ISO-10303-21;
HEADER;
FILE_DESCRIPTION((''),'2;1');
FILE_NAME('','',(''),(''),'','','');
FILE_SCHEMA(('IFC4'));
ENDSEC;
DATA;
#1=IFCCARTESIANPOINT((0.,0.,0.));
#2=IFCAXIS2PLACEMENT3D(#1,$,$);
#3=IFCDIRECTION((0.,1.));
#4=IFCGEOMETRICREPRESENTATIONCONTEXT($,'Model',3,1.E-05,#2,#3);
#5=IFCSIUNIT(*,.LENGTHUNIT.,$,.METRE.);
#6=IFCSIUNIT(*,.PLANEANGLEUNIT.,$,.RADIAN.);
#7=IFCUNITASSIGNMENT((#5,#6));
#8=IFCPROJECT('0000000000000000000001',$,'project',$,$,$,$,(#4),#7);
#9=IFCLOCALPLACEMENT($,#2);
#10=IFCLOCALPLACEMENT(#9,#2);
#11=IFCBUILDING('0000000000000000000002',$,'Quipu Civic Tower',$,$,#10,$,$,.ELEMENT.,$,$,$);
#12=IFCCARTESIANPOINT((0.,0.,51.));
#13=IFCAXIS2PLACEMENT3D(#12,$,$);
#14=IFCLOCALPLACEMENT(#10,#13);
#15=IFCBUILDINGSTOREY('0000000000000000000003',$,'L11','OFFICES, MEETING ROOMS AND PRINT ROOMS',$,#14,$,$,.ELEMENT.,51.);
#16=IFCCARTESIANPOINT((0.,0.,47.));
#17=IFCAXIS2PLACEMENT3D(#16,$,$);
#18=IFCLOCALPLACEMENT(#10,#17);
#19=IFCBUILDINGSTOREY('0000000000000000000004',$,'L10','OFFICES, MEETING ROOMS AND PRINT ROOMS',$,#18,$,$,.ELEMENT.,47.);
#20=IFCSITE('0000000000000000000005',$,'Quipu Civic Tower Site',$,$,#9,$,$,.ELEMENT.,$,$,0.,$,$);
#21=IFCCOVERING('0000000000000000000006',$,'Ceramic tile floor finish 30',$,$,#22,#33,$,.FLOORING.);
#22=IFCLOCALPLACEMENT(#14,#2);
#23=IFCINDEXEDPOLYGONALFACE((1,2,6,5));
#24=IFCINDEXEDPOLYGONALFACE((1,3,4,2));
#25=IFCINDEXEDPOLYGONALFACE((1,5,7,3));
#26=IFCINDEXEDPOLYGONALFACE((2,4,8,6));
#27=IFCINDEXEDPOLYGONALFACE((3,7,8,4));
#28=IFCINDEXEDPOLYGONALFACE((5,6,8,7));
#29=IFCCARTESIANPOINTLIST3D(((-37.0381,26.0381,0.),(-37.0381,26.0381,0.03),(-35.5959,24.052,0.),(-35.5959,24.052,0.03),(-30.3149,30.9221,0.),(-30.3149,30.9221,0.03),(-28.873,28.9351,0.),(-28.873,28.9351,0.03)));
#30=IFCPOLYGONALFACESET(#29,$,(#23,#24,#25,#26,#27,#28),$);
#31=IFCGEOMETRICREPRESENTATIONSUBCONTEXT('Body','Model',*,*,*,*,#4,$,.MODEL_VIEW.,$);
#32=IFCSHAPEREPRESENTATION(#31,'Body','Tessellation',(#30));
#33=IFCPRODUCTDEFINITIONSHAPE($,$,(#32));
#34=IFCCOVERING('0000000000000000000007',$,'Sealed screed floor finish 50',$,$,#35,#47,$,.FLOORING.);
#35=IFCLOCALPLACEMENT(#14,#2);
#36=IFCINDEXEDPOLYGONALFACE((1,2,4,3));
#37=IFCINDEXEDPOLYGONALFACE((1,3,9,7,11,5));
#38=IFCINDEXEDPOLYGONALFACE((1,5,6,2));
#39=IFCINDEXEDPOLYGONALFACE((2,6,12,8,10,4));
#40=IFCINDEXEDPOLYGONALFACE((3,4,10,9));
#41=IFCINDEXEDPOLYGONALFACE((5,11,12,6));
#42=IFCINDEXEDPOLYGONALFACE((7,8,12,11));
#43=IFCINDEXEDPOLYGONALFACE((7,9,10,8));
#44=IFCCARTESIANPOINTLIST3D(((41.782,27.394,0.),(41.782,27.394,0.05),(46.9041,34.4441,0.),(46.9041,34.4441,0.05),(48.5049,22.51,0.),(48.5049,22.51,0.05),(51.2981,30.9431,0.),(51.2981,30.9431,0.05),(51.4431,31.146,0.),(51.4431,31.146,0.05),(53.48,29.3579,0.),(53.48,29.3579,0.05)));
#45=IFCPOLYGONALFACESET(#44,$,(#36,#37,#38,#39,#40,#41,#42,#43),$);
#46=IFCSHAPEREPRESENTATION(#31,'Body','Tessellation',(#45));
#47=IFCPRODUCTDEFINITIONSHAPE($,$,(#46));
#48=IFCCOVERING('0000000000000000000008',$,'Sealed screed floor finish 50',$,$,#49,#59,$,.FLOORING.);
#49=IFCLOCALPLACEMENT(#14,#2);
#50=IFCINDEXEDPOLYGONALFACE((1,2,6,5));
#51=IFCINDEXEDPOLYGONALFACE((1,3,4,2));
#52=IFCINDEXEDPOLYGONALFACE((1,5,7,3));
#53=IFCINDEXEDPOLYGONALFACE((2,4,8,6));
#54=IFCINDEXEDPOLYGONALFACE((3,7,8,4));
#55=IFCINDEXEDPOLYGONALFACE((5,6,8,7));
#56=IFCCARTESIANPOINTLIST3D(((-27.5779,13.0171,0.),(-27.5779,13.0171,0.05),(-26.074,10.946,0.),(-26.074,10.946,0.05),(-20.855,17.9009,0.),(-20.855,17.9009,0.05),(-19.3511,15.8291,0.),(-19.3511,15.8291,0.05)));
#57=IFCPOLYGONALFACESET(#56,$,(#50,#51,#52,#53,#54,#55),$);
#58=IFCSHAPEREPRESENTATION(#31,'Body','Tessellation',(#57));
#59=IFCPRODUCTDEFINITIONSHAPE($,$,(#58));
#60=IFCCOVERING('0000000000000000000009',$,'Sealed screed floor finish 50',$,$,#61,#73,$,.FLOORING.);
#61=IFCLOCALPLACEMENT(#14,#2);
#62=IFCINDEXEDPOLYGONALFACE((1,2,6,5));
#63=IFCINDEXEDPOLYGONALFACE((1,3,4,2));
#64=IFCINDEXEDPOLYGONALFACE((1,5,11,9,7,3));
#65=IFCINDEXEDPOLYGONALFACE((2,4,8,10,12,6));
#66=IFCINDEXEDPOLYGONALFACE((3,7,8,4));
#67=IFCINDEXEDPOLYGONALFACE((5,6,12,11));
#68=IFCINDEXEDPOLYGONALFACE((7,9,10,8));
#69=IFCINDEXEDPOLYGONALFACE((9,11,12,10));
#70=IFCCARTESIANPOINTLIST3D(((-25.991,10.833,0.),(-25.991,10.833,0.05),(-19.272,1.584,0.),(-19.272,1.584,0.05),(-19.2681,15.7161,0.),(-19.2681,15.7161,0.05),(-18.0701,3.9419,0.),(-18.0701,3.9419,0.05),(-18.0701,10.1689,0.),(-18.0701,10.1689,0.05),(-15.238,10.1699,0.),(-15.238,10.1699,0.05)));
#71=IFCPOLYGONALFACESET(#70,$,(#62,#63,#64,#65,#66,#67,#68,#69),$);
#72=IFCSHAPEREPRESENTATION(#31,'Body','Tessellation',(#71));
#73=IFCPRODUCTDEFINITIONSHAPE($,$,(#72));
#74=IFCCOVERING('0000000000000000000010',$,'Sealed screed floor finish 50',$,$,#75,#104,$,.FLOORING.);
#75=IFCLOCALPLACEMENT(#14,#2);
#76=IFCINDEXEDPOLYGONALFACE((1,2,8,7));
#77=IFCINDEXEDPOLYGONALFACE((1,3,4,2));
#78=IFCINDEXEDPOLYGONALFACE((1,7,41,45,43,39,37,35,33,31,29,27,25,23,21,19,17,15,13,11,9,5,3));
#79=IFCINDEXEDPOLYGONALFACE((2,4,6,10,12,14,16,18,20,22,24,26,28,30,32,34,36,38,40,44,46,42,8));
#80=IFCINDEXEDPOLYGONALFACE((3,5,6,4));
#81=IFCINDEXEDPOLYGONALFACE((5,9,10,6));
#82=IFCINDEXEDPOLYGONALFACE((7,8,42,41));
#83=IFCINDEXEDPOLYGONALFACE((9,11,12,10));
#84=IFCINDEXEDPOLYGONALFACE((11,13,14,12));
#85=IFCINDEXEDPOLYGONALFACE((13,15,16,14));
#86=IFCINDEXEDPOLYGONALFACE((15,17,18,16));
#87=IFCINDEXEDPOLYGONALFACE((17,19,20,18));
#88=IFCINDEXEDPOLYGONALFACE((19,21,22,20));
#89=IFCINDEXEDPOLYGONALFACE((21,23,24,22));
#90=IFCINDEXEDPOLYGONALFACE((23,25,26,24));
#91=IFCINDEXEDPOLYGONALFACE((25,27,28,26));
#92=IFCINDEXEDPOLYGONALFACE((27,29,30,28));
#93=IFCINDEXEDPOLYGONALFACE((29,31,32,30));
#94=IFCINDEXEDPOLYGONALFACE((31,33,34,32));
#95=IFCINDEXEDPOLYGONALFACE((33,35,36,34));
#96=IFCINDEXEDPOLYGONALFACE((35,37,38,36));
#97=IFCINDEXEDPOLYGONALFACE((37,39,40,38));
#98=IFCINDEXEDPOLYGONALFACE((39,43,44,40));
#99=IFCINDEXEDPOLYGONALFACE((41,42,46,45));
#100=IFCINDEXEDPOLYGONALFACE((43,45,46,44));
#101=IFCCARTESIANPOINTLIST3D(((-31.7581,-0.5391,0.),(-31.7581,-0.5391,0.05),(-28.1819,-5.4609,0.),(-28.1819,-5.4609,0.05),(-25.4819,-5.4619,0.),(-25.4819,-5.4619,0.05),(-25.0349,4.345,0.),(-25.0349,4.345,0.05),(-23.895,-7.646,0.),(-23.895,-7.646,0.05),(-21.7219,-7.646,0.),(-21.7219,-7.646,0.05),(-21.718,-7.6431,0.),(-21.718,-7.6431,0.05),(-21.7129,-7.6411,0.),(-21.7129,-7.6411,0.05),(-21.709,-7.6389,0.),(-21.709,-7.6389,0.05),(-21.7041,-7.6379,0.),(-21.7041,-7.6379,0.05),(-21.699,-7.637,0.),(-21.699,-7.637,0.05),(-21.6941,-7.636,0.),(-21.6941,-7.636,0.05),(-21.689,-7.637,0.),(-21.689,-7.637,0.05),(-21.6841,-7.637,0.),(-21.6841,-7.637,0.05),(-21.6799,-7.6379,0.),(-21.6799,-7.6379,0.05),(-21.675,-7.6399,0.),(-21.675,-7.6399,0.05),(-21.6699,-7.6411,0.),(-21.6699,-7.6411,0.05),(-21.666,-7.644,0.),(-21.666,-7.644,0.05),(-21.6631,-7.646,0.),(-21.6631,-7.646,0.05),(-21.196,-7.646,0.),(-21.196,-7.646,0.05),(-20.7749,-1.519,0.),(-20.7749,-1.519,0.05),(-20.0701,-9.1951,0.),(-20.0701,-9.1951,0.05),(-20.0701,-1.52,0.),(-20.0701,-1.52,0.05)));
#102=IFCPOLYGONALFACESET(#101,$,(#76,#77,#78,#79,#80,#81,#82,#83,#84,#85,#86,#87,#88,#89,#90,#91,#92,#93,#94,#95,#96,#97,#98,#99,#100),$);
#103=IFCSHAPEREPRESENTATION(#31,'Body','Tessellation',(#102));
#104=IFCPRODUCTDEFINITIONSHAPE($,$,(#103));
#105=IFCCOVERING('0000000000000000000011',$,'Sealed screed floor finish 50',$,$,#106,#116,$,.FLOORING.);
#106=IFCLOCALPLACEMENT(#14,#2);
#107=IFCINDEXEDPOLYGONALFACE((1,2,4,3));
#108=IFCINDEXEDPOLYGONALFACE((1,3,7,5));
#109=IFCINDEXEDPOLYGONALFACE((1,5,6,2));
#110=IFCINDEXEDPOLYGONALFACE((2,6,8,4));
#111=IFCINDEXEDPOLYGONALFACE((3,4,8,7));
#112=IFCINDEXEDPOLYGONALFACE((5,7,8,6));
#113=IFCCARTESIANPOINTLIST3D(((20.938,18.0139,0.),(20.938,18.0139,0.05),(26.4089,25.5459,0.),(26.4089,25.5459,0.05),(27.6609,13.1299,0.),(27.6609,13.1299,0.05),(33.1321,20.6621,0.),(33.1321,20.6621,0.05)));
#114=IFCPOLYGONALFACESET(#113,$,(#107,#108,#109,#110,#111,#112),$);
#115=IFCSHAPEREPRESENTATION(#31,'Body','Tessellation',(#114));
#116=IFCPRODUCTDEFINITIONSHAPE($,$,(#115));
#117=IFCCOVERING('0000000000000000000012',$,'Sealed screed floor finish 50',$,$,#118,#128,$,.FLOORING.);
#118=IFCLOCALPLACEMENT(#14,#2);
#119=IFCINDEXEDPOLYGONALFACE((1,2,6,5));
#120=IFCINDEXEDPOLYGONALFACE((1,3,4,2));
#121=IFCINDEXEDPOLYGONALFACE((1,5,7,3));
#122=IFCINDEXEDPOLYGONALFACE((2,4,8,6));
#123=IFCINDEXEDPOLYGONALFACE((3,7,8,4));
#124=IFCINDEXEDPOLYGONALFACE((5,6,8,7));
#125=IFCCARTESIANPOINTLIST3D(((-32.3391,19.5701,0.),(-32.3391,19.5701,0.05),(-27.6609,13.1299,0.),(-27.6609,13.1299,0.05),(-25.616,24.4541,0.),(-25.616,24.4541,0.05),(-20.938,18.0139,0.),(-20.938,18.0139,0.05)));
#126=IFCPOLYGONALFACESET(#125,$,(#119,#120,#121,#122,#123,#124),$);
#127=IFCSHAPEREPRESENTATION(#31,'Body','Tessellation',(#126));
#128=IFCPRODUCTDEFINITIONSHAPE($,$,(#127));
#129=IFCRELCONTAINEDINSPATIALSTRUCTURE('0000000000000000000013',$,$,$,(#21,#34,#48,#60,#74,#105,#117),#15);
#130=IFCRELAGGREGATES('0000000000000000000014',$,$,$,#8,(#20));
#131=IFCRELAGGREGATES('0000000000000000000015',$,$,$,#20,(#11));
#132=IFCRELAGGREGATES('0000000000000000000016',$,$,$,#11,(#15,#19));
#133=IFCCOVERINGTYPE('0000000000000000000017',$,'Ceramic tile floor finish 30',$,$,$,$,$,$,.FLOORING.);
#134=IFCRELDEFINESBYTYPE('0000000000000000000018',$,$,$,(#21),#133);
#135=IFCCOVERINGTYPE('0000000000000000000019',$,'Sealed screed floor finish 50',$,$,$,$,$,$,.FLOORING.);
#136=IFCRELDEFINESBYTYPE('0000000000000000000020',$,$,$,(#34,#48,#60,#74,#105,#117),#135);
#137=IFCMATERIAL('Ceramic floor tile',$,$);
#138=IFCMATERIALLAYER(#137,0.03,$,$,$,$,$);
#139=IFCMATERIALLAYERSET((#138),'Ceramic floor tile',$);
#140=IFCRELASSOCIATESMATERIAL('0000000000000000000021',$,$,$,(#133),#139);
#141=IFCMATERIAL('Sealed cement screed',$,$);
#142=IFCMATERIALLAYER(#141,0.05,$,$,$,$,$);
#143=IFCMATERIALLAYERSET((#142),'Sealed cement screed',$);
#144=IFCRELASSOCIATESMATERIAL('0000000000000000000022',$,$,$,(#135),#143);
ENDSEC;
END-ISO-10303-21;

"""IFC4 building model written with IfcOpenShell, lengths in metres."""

from ifc_helpers import new_model, si_unit, direction, frame, origin, place, context, subcontext, project, spatial, polyline, outline, extrude, material, layer, layer_set, type_object, element, save


model = new_model("IFC4")

# Units and contexts
model_context = context("Model", 3, precision=1e-05, world=origin(), true_north=direction((0.0, 1.0)))
body_context = subcontext(model_context, "Body", "Model", "MODEL_VIEW")
ifc_project = project(units=[si_unit("LENGTHUNIT", "METRE"), si_unit("PLANEANGLEUNIT", "RADIAN")], contexts=[model_context])

# Site, building, storey
site_placement = place(None, origin())
site = spatial("IfcSite", under=ifc_project, at=site_placement, Name="Quipu Civic Tower Site", CompositionType="ELEMENT", RefElevation=0.0)
building_placement = place(site_placement, origin())
building = spatial("IfcBuilding", under=site, at=building_placement, Name="Quipu Civic Tower", CompositionType="ELEMENT")
storey_1_placement = place(building_placement, frame((0.0, 0.0, 51.0)))
storey_1 = spatial("IfcBuildingStorey", under=building, at=storey_1_placement, Name="L11", Description="OFFICES, MEETING ROOMS AND PRINT ROOMS", CompositionType="ELEMENT", Elevation=51.0)

# Shared definitions
storey_2_placement = place(building_placement, frame((0.0, 0.0, 47.0)))
storey_2 = spatial("IfcBuildingStorey", under=building, at=storey_2_placement, Name="L10", Description="OFFICES, MEETING ROOMS AND PRINT ROOMS", CompositionType="ELEMENT", Elevation=47.0)

# Coverings
ifc_material_1 = material(Name="Ceramic floor tile")
ifc_layer_1 = layer(ifc_material_1, 0.03)
ifc_layer_set_1 = layer_set([ifc_layer_1], Name="Ceramic floor tile")
covering_type_1 = type_object("IfcCoveringType", Name="Ceramic tile floor finish 30", PredefinedType="FLOORING", material=ifc_layer_set_1)
covering_1_placement = place(storey_1_placement, origin())
element("IfcCovering", 1, at=covering_1_placement, inside=storey_1, type_object=covering_type_1, Name="Ceramic tile floor finish 30", PredefinedType="FLOORING", context=body_context, shape_type="SweptSolid", body=[
    extrude(outline(polyline([(-37.0381, 26.0381), (-30.3149, 30.9221), (-28.873, 28.9351), (-35.5959, 24.052), (-37.0381, 26.0381)])), origin(), (0.0, 0.0, 1.0), 0.03),
])
ifc_material_2 = material(Name="Sealed cement screed")
ifc_layer_2 = layer(ifc_material_2, 0.05)
ifc_layer_set_2 = layer_set([ifc_layer_2], Name="Sealed cement screed")
covering_type_2 = type_object("IfcCoveringType", Name="Sealed screed floor finish 50", PredefinedType="FLOORING", material=ifc_layer_set_2)
covering_2_placement = place(storey_1_placement, origin())
element("IfcCovering", 2, at=covering_2_placement, inside=storey_1, type_object=covering_type_2, Name="Sealed screed floor finish 50", PredefinedType="FLOORING", context=body_context, shape_type="SweptSolid", body=[
    extrude(outline(polyline([(41.782, 27.394), (46.9041, 34.4441), (51.4431, 31.146), (51.2981, 30.9431), (53.48, 29.3579), (48.5049, 22.51), (41.782, 27.394)])), origin(), (0.0, 0.0, 1.0), 0.05),
])
covering_3_placement = place(storey_1_placement, origin())
element("IfcCovering", 3, at=covering_3_placement, inside=storey_1, type_object=covering_type_2, Name="Sealed screed floor finish 50", PredefinedType="FLOORING", context=body_context, shape_type="SweptSolid", body=[
    extrude(outline(polyline([(-27.5779, 13.0171), (-20.855, 17.9009), (-19.3511, 15.8291), (-26.074, 10.946), (-27.5779, 13.0171)])), origin(), (0.0, 0.0, 1.0), 0.05),
])
covering_4_placement = place(storey_1_placement, origin())
element("IfcCovering", 4, at=covering_4_placement, inside=storey_1, type_object=covering_type_2, Name="Sealed screed floor finish 50", PredefinedType="FLOORING", context=body_context, shape_type="SweptSolid", body=[
    extrude(outline(polyline([(-25.991, 10.833), (-19.2681, 15.7161), (-15.238, 10.1699), (-18.0701, 10.1689), (-18.0701, 3.9419), (-19.272, 1.584), (-25.991, 10.833)])), origin(), (0.0, 0.0, 1.0), 0.05),
])
covering_5_placement = place(storey_1_placement, origin())
element("IfcCovering", 5, at=covering_5_placement, inside=storey_1, type_object=covering_type_2, Name="Sealed screed floor finish 50", PredefinedType="FLOORING", context=body_context, shape_type="SweptSolid", body=[
    extrude(outline(polyline([(-31.7581, -0.5391), (-25.0349, 4.345), (-20.7749, -1.519), (-20.0701, -1.52), (-20.0701, -9.1951), (-21.196, -7.646), (-21.6631, -7.646), (-21.666, -7.644), (-21.6699, -7.6411), (-21.675, -7.6399), (-21.6799, -7.6379), (-21.6841, -7.637), (-21.689, -7.637), (-21.6941, -7.636), (-21.699, -7.637), (-21.7041, -7.6379), (-21.709, -7.6389), (-21.7129, -7.6411), (-21.718, -7.6431), (-21.7219, -7.646), (-21.7219, -7.646), (-23.895, -7.646), (-25.4819, -5.4619), (-28.1819, -5.4609), (-31.7581, -0.5391)])), origin(), (0.0, 0.0, 1.0), 0.05),
])
covering_6_placement = place(storey_1_placement, origin())
element("IfcCovering", 6, at=covering_6_placement, inside=storey_1, type_object=covering_type_2, Name="Sealed screed floor finish 50", PredefinedType="FLOORING", context=body_context, shape_type="SweptSolid", body=[
    extrude(outline(polyline([(20.938, 18.0139), (26.4089, 25.5459), (33.1321, 20.6621), (27.6609, 13.1299), (20.938, 18.0139)])), origin(), (0.0, 0.0, 1.0), 0.05),
])
covering_7_placement = place(storey_1_placement, origin())
element("IfcCovering", 7, at=covering_7_placement, inside=storey_1, type_object=covering_type_2, Name="Sealed screed floor finish 50", PredefinedType="FLOORING", context=body_context, shape_type="SweptSolid", body=[
    extrude(outline(polyline([(-32.3391, 19.5701), (-25.616, 24.4541), (-20.938, 18.0139), (-27.6609, 13.1299), (-32.3391, 19.5701)])), origin(), (0.0, 0.0, 1.0), 0.05),
])

save(model, "model.ifc")
